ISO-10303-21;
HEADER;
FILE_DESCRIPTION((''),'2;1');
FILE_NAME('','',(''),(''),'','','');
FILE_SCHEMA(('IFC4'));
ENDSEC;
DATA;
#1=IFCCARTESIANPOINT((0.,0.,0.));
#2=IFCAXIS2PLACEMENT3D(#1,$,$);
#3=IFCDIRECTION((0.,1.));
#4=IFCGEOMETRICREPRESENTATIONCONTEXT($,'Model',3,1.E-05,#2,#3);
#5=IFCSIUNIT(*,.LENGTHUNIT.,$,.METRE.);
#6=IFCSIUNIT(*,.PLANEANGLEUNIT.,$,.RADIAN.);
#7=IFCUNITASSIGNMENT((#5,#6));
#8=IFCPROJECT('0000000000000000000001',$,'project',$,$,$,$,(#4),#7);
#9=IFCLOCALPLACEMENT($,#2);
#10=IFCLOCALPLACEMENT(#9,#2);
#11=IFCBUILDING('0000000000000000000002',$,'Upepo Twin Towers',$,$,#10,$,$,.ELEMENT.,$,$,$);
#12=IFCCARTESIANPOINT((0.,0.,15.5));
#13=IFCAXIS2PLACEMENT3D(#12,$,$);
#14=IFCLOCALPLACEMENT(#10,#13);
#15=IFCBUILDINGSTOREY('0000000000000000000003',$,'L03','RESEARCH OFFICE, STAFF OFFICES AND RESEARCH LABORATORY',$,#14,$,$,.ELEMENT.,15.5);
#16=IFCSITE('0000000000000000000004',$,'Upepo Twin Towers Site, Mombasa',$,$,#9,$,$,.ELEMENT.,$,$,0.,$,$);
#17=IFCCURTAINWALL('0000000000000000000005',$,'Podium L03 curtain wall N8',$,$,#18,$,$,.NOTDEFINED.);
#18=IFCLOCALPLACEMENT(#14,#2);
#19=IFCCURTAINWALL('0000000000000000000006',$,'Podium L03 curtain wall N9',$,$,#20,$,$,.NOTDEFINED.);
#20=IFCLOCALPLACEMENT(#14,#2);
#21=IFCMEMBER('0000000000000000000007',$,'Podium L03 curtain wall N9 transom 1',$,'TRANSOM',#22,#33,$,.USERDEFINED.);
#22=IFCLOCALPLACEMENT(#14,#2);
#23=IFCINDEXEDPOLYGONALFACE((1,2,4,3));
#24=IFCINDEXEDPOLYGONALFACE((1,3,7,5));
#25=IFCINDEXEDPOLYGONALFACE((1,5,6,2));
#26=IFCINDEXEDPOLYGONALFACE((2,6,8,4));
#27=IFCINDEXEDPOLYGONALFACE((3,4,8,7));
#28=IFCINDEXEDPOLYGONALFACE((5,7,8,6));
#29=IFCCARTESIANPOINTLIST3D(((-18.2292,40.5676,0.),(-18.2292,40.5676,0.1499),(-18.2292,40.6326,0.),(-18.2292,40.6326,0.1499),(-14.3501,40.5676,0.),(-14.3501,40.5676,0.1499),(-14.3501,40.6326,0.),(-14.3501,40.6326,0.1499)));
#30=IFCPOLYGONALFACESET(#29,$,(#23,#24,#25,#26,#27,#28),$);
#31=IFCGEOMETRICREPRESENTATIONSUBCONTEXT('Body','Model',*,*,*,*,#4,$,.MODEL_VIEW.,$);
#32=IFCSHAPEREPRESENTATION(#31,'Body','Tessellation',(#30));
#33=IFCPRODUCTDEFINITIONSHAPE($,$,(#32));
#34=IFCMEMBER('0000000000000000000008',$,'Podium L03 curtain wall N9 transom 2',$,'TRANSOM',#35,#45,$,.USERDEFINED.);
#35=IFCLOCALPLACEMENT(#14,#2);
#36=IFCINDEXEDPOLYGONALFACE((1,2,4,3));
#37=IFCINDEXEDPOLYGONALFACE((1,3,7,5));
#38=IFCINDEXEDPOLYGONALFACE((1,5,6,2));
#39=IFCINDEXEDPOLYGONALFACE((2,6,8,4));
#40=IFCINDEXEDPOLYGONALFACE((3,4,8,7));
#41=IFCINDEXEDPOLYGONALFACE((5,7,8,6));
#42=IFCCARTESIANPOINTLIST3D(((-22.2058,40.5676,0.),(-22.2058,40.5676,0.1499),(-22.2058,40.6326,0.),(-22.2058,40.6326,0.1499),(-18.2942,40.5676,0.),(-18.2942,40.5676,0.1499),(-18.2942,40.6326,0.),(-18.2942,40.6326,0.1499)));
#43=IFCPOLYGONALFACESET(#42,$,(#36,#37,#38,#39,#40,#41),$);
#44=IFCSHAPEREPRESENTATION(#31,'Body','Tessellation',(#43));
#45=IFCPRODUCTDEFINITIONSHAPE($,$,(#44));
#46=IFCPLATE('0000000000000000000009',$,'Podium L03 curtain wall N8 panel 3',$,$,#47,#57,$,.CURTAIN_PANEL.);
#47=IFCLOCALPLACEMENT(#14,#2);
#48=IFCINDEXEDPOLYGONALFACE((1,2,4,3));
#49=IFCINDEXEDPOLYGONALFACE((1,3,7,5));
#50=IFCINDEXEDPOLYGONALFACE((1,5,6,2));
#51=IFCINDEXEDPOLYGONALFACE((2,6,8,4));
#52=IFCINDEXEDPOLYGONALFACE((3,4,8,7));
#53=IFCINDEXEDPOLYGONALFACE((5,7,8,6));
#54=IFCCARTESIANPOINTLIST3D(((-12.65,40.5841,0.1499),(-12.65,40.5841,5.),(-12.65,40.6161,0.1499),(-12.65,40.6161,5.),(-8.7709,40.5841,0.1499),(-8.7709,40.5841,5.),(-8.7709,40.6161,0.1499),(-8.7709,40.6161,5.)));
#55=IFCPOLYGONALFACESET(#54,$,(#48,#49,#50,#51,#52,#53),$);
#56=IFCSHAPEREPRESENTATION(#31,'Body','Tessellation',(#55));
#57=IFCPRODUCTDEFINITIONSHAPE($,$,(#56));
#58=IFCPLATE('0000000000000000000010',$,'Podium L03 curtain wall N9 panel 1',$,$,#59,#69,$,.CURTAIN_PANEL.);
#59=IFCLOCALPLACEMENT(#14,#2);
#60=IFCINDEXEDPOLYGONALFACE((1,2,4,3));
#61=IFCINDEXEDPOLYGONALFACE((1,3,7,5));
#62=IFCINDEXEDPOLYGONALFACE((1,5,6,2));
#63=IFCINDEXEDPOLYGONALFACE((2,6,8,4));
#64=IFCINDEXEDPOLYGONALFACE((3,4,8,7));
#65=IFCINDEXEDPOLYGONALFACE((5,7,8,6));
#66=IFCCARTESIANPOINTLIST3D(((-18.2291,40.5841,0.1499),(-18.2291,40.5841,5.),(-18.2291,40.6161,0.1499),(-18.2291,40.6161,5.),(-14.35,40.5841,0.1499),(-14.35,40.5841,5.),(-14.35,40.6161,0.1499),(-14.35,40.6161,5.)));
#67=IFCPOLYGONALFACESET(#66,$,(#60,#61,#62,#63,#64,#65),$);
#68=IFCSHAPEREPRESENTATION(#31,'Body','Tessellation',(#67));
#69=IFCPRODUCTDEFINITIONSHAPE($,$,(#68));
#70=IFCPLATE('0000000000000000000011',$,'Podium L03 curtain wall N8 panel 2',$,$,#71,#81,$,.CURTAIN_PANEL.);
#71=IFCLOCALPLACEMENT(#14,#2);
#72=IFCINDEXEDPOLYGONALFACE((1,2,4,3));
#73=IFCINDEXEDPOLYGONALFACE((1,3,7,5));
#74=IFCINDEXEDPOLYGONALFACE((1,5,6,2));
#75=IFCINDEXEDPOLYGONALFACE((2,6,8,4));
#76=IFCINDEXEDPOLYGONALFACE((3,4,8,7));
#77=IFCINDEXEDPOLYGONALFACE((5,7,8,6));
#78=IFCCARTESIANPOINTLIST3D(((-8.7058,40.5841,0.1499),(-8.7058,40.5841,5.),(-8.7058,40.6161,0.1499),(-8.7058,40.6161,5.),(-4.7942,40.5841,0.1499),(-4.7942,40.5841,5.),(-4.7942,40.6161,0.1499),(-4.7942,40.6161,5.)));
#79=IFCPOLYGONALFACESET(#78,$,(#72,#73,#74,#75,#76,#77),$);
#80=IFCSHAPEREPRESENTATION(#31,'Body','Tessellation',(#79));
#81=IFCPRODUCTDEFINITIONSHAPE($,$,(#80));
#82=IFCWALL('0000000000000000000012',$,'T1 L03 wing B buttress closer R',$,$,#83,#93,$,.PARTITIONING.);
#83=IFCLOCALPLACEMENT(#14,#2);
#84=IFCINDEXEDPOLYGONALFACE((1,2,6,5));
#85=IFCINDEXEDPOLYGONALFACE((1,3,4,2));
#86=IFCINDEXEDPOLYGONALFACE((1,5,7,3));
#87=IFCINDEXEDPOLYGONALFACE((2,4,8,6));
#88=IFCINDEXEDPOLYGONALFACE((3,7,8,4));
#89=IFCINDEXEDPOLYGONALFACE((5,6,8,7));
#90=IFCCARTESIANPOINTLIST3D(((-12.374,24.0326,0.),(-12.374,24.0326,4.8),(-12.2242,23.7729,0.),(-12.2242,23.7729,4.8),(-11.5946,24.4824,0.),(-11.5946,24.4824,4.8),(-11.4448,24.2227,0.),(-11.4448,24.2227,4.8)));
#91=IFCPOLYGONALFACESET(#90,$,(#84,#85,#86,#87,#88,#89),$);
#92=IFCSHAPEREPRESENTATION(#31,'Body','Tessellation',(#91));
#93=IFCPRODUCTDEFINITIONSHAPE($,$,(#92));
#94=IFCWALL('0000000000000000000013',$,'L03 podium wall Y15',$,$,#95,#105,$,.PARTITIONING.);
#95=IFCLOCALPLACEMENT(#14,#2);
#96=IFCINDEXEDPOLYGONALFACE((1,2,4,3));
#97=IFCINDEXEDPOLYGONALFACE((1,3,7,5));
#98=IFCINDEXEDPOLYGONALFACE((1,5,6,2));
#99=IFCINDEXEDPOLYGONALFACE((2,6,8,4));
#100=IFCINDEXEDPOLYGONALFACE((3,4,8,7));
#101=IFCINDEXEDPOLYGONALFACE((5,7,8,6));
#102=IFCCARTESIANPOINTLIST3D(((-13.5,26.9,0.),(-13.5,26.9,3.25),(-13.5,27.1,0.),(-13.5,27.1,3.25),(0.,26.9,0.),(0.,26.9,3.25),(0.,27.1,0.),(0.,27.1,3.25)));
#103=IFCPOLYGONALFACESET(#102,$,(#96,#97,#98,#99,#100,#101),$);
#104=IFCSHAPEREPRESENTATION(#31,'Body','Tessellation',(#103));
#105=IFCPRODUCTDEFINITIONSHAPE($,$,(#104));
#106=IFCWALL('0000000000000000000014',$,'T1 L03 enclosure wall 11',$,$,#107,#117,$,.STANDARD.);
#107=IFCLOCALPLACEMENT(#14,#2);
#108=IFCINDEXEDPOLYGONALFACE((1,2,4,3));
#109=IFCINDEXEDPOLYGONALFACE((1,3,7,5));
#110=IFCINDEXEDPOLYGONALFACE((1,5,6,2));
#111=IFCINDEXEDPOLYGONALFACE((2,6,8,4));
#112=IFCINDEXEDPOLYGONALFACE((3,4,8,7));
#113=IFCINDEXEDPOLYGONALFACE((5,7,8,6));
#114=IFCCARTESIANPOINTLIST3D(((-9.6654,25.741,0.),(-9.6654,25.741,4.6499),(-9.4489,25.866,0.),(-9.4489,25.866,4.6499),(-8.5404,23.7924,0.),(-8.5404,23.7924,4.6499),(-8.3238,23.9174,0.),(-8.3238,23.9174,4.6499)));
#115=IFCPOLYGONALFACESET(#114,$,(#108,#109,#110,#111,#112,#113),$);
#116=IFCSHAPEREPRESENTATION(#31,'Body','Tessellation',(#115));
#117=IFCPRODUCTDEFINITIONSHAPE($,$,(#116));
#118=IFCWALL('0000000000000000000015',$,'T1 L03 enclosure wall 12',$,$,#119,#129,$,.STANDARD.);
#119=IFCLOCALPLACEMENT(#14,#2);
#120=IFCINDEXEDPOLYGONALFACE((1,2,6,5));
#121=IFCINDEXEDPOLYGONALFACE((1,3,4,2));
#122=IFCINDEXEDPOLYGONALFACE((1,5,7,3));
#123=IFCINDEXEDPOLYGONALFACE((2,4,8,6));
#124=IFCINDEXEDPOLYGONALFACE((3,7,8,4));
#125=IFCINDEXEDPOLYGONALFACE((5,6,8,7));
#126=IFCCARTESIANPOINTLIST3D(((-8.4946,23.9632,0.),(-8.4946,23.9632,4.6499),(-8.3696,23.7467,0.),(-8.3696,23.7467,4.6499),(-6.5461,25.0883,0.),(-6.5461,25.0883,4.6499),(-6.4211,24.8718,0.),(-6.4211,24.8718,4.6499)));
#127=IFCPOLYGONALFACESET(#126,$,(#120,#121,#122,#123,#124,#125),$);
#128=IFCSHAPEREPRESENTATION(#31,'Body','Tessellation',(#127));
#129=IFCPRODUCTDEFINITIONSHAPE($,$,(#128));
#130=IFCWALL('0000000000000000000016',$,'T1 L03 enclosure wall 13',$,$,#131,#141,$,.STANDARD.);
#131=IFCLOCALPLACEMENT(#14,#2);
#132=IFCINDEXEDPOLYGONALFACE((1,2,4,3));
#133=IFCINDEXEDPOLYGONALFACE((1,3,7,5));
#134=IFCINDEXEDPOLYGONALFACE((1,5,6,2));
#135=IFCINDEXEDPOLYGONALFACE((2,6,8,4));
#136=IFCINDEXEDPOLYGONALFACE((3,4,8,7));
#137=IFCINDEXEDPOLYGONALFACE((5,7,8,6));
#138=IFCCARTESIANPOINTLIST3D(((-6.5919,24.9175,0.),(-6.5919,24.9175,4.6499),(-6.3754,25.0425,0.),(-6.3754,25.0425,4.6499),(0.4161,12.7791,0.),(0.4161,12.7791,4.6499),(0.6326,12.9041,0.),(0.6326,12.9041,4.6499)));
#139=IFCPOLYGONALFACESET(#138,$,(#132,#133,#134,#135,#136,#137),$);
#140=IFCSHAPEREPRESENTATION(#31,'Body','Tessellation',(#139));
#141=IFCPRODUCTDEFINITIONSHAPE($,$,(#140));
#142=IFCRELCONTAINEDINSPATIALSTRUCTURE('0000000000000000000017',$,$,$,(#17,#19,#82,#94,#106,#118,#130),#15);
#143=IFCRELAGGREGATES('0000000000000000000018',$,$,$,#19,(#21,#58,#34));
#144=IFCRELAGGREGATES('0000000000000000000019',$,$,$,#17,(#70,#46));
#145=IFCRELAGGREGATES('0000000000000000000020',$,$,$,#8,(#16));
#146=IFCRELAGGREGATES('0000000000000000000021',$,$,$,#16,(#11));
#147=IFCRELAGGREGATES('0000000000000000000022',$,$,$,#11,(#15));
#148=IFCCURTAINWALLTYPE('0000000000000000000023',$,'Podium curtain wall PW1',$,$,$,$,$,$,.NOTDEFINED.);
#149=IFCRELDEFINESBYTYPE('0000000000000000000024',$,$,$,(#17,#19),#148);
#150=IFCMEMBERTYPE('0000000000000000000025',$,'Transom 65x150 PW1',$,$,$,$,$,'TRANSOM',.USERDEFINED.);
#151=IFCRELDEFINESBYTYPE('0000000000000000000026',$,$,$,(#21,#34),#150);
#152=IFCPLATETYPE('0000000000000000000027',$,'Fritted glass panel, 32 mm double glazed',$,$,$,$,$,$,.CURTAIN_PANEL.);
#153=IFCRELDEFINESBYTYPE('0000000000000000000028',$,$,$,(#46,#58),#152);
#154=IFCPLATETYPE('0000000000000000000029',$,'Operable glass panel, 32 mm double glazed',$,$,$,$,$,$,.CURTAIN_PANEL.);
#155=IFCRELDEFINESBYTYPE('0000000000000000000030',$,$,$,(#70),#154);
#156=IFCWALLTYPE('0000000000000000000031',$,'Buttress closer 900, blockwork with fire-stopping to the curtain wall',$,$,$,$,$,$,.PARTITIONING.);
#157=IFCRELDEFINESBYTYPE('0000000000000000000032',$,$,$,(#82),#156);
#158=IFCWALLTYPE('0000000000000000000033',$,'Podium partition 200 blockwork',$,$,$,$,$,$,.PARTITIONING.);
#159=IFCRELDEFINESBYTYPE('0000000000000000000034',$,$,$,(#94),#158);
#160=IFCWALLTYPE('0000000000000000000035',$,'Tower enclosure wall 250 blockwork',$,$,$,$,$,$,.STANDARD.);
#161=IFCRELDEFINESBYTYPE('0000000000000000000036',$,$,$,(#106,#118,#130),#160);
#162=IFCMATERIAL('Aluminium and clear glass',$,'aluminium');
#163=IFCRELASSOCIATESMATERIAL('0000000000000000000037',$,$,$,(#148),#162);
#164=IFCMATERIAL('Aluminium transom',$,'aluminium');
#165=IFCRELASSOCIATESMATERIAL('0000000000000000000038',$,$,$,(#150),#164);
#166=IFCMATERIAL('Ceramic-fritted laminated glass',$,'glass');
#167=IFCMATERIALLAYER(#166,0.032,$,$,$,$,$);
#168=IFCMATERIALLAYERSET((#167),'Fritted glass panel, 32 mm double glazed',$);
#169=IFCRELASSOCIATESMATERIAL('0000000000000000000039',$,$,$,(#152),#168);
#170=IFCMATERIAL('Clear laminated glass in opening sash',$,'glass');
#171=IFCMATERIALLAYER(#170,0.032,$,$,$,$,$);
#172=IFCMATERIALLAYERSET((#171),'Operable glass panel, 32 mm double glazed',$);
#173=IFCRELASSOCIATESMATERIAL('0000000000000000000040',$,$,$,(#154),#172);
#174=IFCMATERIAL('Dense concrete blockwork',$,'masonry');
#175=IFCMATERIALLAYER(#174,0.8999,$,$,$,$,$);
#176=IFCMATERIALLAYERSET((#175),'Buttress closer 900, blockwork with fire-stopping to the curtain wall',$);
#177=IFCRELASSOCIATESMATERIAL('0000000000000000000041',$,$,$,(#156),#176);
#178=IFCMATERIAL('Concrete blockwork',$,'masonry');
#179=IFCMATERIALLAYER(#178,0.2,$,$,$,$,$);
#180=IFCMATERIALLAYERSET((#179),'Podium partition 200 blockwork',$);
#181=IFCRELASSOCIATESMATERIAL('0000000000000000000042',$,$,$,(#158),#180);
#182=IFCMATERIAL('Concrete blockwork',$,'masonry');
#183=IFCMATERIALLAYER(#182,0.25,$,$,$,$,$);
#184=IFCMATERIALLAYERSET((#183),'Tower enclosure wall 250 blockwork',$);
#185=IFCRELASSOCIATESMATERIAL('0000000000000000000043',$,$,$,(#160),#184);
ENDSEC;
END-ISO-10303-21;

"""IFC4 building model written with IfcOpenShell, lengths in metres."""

from ifc_helpers import new_model, si_unit, direction, frame, frame_2d, origin, origin_2d, place, context, subcontext, project, spatial, rectangle, extrude, material, layer, layer_set, material_profile, profile_set, type_object, element, aggregate, save


model = new_model("IFC4")

# Units and contexts
model_context = context("Model", 3, precision=1e-05, world=origin(), true_north=direction((0.0, 1.0)))
body_context = subcontext(model_context, "Body", "Model", "MODEL_VIEW")
ifc_project = project(units=[si_unit("LENGTHUNIT", "METRE"), si_unit("PLANEANGLEUNIT", "RADIAN")], contexts=[model_context])

# Site, building, storey
site_placement = place(None, origin())
site = spatial("IfcSite", under=ifc_project, at=site_placement, Name="Upepo Twin Towers Site, Mombasa", CompositionType="ELEMENT", RefElevation=0.0)
building_placement = place(site_placement, origin())
building = spatial("IfcBuilding", under=site, at=building_placement, Name="Upepo Twin Towers", CompositionType="ELEMENT")
storey_placement = place(building_placement, frame((0.0, 0.0, 15.5)))
storey = spatial("IfcBuildingStorey", under=building, at=storey_placement, Name="L03", Description="RESEARCH OFFICE, STAFF OFFICES AND RESEARCH LABORATORY", CompositionType="ELEMENT", Elevation=15.5)

# Curtain walls
ifc_material_1 = material(Name="Aluminium and clear glass", Category="aluminium")
curtain_wall_type = type_object("IfcCurtainWallType", Name="Podium curtain wall PW1", PredefinedType="NOTDEFINED", material=ifc_material_1)
curtain_wall_1_placement = place(storey_placement, origin())
curtain_wall_1 = element("IfcCurtainWall", 1, at=curtain_wall_1_placement, inside=storey, type_object=curtain_wall_type, Name="Podium L03 curtain wall N8", PredefinedType="NOTDEFINED")
curtain_wall_2_placement = place(storey_placement, origin())
curtain_wall_2 = element("IfcCurtainWall", 2, at=curtain_wall_2_placement, inside=storey, type_object=curtain_wall_type, Name="Podium L03 curtain wall N9", PredefinedType="NOTDEFINED")

# Members
ifc_material_2 = material(Name="Aluminium transom", Category="aluminium")
ifc_material_profile_1 = material_profile(ifc_material_2, rectangle(XDim=0.0649, YDim=0.1499, at=origin_2d()), Name="TRANSOM 65x150 PODIUM")
ifc_profile_set_1 = profile_set([ifc_material_profile_1], Name="Aluminium transom")
member_type_1 = type_object("IfcMemberType", Name="Transom 65x150 PW1", ElementType="TRANSOM", PredefinedType="USERDEFINED", material=ifc_profile_set_1)
member_1_placement = place(storey_placement, frame((-14.3501, 40.6001, 0.075), z_axis=(-1.0, 0.0, 0.0), x_axis=(0.0, -1.0, 0.0)))
member_1 = element("IfcMember", 3, at=member_1_placement, type_object=member_type_1, Name="Podium L03 curtain wall N9 transom 1", ObjectType="TRANSOM", PredefinedType="USERDEFINED", context=body_context, shape_type="SweptSolid", body=[
    extrude(rectangle(XDim=0.0649, YDim=0.1499, at=origin_2d()), origin(), (0.0, 0.0, 1.0), 3.8792),
])
member_2_placement = place(storey_placement, frame((-18.2942, 40.6001, 0.075), z_axis=(-1.0, 0.0, 0.0), x_axis=(0.0, -1.0, 0.0)))
member_2 = element("IfcMember", 4, at=member_2_placement, type_object=member_type_1, Name="Podium L03 curtain wall N9 transom 2", ObjectType="TRANSOM", PredefinedType="USERDEFINED", context=body_context, shape_type="SweptSolid", body=[
    extrude(rectangle(XDim=0.0649, YDim=0.1499, at=origin_2d()), origin(), (0.0, 0.0, 1.0), 3.9116),
])

# Plates
ifc_material_3 = material(Name="Ceramic-fritted laminated glass", Category="glass")
ifc_layer_1 = layer(ifc_material_3, 0.032)
ifc_layer_set_1 = layer_set([ifc_layer_1], Name="Fritted glass panel, 32 mm double glazed")
plate_type_1 = type_object("IfcPlateType", Name="Fritted glass panel, 32 mm double glazed", PredefinedType="CURTAIN_PANEL", material=ifc_layer_set_1)
plate_1_placement = place(storey_placement, frame((-10.7104, 40.6001, 0.1499), z_axis=(0.0, 0.0, 1.0), x_axis=(-1.0, 0.0, 0.0)))
plate_1 = element("IfcPlate", 5, at=plate_1_placement, type_object=plate_type_1, Name="Podium L03 curtain wall N8 panel 3", PredefinedType="CURTAIN_PANEL", context=body_context, shape_type="SweptSolid", body=[
    extrude(rectangle(XDim=3.8792, YDim=0.032, at=origin_2d()), origin(), (0.0, 0.0, 1.0), 4.8501),
])
plate_2_placement = place(storey_placement, frame((-16.2896, 40.6001, 0.1499), z_axis=(0.0, 0.0, 1.0), x_axis=(-1.0, 0.0, 0.0)))
plate_2 = element("IfcPlate", 6, at=plate_2_placement, type_object=plate_type_1, Name="Podium L03 curtain wall N9 panel 1", PredefinedType="CURTAIN_PANEL", context=body_context, shape_type="SweptSolid", body=[
    extrude(rectangle(XDim=3.8792, YDim=0.032, at=origin_2d()), origin(), (0.0, 0.0, 1.0), 4.8501),
])
aggregate(curtain_wall_2, [member_1, plate_2, member_2])
ifc_material_4 = material(Name="Clear laminated glass in opening sash", Category="glass")
ifc_layer_2 = layer(ifc_material_4, 0.032)
ifc_layer_set_2 = layer_set([ifc_layer_2], Name="Operable glass panel, 32 mm double glazed")
plate_type_2 = type_object("IfcPlateType", Name="Operable glass panel, 32 mm double glazed", PredefinedType="CURTAIN_PANEL", material=ifc_layer_set_2)
plate_3_placement = place(storey_placement, frame((-6.75, 40.6001, 0.1499), z_axis=(0.0, 0.0, 1.0), x_axis=(-1.0, 0.0, 0.0)))
plate_3 = element("IfcPlate", 7, at=plate_3_placement, type_object=plate_type_2, Name="Podium L03 curtain wall N8 panel 2", PredefinedType="CURTAIN_PANEL", context=body_context, shape_type="SweptSolid", body=[
    extrude(rectangle(XDim=3.9116, YDim=0.032, at=origin_2d()), origin(), (0.0, 0.0, 1.0), 4.8501),
])
aggregate(curtain_wall_1, [plate_3, plate_1])

# Walls
ifc_material_5 = material(Name="Dense concrete blockwork", Category="masonry")
ifc_layer_3 = layer(ifc_material_5, 0.8999)
ifc_layer_set_3 = layer_set([ifc_layer_3], Name="Buttress closer 900, blockwork with fire-stopping to the curtain wall")
wall_type_1 = type_object("IfcWallType", Name="Buttress closer 900, blockwork with fire-stopping to the curtain wall", PredefinedType="PARTITIONING", material=ifc_layer_set_3)
wall_1_placement = place(storey_placement, frame((-11.8345, 23.9978, 0.0), z_axis=(0.0, 0.0, 1.0), x_axis=(-0.499816, 0.866131, 0.0)))
element("IfcWall", 8, at=wall_1_placement, inside=storey, type_object=wall_type_1, Name="T1 L03 wing B buttress closer R", PredefinedType="PARTITIONING", context=body_context, shape_type="SweptSolid", body=[
    extrude(rectangle(XDim=0.2998, YDim=0.8999, at=frame_2d((0.1499, 0.0))), origin(), (0.0, 0.0, 1.0), 4.8),
])
ifc_material_6 = material(Name="Concrete blockwork", Category="masonry")
ifc_layer_4 = layer(ifc_material_6, 0.2)
ifc_layer_set_4 = layer_set([ifc_layer_4], Name="Podium partition 200 blockwork")
wall_type_2 = type_object("IfcWallType", Name="Podium partition 200 blockwork", PredefinedType="PARTITIONING", material=ifc_layer_set_4)
wall_2_placement = place(storey_placement, frame((-13.5, 27.0, 0.0), z_axis=(0.0, 0.0, 1.0), x_axis=(1.0, 0.0, 0.0)))
element("IfcWall", 9, at=wall_2_placement, inside=storey, type_object=wall_type_2, Name="L03 podium wall Y15", PredefinedType="PARTITIONING", context=body_context, shape_type="SweptSolid", body=[
    extrude(rectangle(XDim=13.5, YDim=0.2, at=frame_2d((6.75, 0.0))), origin(), (0.0, 0.0, 1.0), 3.25),
])
ifc_material_7 = material(Name="Concrete blockwork", Category="masonry")
ifc_layer_5 = layer(ifc_material_7, 0.25)
ifc_layer_set_5 = layer_set([ifc_layer_5], Name="Tower enclosure wall 250 blockwork")
wall_type_3 = type_object("IfcWallType", Name="Tower enclosure wall 250 blockwork", PredefinedType="STANDARD", material=ifc_layer_set_5)
for number, where, z_axis, x_axis, name in (
    (10, (-9.5571, 25.8035, 0.0), (0.0, 0.0, 1.0), (0.500014, -0.866018, 0.0), "T1 L03 enclosure wall 11"),
    (11, (-8.4321, 23.855, 0.0), (0.0, 0.0, 1.0), (0.866018, 0.500014, 0.0), "T1 L03 enclosure wall 12"),
):
    element("IfcWall", number, at=place(storey_placement, frame(where, z_axis=z_axis, x_axis=x_axis)), inside=storey, type_object=wall_type_3, Name=name, PredefinedType="STANDARD", context=body_context, shape_type="SweptSolid", body=[
        extrude(rectangle(XDim=2.25, YDim=0.25, at=frame_2d((1.125, 0.0))), origin(), (0.0, 0.0, 1.0), 4.6499),
    ])
wall_3_placement = place(storey_placement, frame((-6.4836, 24.98, 0.0), z_axis=(0.0, 0.0, 1.0), x_axis=(0.499996, -0.866028, 0.0)))
element("IfcWall", 12, at=wall_3_placement, inside=storey, type_object=wall_type_3, Name="T1 L03 enclosure wall 13", PredefinedType="STANDARD", context=body_context, shape_type="SweptSolid", body=[
    extrude(rectangle(XDim=14.0161, YDim=0.25, at=frame_2d((7.0081, 0.0))), origin(), (0.0, 0.0, 1.0), 4.6499),
])

save(model, "model.ifc")
